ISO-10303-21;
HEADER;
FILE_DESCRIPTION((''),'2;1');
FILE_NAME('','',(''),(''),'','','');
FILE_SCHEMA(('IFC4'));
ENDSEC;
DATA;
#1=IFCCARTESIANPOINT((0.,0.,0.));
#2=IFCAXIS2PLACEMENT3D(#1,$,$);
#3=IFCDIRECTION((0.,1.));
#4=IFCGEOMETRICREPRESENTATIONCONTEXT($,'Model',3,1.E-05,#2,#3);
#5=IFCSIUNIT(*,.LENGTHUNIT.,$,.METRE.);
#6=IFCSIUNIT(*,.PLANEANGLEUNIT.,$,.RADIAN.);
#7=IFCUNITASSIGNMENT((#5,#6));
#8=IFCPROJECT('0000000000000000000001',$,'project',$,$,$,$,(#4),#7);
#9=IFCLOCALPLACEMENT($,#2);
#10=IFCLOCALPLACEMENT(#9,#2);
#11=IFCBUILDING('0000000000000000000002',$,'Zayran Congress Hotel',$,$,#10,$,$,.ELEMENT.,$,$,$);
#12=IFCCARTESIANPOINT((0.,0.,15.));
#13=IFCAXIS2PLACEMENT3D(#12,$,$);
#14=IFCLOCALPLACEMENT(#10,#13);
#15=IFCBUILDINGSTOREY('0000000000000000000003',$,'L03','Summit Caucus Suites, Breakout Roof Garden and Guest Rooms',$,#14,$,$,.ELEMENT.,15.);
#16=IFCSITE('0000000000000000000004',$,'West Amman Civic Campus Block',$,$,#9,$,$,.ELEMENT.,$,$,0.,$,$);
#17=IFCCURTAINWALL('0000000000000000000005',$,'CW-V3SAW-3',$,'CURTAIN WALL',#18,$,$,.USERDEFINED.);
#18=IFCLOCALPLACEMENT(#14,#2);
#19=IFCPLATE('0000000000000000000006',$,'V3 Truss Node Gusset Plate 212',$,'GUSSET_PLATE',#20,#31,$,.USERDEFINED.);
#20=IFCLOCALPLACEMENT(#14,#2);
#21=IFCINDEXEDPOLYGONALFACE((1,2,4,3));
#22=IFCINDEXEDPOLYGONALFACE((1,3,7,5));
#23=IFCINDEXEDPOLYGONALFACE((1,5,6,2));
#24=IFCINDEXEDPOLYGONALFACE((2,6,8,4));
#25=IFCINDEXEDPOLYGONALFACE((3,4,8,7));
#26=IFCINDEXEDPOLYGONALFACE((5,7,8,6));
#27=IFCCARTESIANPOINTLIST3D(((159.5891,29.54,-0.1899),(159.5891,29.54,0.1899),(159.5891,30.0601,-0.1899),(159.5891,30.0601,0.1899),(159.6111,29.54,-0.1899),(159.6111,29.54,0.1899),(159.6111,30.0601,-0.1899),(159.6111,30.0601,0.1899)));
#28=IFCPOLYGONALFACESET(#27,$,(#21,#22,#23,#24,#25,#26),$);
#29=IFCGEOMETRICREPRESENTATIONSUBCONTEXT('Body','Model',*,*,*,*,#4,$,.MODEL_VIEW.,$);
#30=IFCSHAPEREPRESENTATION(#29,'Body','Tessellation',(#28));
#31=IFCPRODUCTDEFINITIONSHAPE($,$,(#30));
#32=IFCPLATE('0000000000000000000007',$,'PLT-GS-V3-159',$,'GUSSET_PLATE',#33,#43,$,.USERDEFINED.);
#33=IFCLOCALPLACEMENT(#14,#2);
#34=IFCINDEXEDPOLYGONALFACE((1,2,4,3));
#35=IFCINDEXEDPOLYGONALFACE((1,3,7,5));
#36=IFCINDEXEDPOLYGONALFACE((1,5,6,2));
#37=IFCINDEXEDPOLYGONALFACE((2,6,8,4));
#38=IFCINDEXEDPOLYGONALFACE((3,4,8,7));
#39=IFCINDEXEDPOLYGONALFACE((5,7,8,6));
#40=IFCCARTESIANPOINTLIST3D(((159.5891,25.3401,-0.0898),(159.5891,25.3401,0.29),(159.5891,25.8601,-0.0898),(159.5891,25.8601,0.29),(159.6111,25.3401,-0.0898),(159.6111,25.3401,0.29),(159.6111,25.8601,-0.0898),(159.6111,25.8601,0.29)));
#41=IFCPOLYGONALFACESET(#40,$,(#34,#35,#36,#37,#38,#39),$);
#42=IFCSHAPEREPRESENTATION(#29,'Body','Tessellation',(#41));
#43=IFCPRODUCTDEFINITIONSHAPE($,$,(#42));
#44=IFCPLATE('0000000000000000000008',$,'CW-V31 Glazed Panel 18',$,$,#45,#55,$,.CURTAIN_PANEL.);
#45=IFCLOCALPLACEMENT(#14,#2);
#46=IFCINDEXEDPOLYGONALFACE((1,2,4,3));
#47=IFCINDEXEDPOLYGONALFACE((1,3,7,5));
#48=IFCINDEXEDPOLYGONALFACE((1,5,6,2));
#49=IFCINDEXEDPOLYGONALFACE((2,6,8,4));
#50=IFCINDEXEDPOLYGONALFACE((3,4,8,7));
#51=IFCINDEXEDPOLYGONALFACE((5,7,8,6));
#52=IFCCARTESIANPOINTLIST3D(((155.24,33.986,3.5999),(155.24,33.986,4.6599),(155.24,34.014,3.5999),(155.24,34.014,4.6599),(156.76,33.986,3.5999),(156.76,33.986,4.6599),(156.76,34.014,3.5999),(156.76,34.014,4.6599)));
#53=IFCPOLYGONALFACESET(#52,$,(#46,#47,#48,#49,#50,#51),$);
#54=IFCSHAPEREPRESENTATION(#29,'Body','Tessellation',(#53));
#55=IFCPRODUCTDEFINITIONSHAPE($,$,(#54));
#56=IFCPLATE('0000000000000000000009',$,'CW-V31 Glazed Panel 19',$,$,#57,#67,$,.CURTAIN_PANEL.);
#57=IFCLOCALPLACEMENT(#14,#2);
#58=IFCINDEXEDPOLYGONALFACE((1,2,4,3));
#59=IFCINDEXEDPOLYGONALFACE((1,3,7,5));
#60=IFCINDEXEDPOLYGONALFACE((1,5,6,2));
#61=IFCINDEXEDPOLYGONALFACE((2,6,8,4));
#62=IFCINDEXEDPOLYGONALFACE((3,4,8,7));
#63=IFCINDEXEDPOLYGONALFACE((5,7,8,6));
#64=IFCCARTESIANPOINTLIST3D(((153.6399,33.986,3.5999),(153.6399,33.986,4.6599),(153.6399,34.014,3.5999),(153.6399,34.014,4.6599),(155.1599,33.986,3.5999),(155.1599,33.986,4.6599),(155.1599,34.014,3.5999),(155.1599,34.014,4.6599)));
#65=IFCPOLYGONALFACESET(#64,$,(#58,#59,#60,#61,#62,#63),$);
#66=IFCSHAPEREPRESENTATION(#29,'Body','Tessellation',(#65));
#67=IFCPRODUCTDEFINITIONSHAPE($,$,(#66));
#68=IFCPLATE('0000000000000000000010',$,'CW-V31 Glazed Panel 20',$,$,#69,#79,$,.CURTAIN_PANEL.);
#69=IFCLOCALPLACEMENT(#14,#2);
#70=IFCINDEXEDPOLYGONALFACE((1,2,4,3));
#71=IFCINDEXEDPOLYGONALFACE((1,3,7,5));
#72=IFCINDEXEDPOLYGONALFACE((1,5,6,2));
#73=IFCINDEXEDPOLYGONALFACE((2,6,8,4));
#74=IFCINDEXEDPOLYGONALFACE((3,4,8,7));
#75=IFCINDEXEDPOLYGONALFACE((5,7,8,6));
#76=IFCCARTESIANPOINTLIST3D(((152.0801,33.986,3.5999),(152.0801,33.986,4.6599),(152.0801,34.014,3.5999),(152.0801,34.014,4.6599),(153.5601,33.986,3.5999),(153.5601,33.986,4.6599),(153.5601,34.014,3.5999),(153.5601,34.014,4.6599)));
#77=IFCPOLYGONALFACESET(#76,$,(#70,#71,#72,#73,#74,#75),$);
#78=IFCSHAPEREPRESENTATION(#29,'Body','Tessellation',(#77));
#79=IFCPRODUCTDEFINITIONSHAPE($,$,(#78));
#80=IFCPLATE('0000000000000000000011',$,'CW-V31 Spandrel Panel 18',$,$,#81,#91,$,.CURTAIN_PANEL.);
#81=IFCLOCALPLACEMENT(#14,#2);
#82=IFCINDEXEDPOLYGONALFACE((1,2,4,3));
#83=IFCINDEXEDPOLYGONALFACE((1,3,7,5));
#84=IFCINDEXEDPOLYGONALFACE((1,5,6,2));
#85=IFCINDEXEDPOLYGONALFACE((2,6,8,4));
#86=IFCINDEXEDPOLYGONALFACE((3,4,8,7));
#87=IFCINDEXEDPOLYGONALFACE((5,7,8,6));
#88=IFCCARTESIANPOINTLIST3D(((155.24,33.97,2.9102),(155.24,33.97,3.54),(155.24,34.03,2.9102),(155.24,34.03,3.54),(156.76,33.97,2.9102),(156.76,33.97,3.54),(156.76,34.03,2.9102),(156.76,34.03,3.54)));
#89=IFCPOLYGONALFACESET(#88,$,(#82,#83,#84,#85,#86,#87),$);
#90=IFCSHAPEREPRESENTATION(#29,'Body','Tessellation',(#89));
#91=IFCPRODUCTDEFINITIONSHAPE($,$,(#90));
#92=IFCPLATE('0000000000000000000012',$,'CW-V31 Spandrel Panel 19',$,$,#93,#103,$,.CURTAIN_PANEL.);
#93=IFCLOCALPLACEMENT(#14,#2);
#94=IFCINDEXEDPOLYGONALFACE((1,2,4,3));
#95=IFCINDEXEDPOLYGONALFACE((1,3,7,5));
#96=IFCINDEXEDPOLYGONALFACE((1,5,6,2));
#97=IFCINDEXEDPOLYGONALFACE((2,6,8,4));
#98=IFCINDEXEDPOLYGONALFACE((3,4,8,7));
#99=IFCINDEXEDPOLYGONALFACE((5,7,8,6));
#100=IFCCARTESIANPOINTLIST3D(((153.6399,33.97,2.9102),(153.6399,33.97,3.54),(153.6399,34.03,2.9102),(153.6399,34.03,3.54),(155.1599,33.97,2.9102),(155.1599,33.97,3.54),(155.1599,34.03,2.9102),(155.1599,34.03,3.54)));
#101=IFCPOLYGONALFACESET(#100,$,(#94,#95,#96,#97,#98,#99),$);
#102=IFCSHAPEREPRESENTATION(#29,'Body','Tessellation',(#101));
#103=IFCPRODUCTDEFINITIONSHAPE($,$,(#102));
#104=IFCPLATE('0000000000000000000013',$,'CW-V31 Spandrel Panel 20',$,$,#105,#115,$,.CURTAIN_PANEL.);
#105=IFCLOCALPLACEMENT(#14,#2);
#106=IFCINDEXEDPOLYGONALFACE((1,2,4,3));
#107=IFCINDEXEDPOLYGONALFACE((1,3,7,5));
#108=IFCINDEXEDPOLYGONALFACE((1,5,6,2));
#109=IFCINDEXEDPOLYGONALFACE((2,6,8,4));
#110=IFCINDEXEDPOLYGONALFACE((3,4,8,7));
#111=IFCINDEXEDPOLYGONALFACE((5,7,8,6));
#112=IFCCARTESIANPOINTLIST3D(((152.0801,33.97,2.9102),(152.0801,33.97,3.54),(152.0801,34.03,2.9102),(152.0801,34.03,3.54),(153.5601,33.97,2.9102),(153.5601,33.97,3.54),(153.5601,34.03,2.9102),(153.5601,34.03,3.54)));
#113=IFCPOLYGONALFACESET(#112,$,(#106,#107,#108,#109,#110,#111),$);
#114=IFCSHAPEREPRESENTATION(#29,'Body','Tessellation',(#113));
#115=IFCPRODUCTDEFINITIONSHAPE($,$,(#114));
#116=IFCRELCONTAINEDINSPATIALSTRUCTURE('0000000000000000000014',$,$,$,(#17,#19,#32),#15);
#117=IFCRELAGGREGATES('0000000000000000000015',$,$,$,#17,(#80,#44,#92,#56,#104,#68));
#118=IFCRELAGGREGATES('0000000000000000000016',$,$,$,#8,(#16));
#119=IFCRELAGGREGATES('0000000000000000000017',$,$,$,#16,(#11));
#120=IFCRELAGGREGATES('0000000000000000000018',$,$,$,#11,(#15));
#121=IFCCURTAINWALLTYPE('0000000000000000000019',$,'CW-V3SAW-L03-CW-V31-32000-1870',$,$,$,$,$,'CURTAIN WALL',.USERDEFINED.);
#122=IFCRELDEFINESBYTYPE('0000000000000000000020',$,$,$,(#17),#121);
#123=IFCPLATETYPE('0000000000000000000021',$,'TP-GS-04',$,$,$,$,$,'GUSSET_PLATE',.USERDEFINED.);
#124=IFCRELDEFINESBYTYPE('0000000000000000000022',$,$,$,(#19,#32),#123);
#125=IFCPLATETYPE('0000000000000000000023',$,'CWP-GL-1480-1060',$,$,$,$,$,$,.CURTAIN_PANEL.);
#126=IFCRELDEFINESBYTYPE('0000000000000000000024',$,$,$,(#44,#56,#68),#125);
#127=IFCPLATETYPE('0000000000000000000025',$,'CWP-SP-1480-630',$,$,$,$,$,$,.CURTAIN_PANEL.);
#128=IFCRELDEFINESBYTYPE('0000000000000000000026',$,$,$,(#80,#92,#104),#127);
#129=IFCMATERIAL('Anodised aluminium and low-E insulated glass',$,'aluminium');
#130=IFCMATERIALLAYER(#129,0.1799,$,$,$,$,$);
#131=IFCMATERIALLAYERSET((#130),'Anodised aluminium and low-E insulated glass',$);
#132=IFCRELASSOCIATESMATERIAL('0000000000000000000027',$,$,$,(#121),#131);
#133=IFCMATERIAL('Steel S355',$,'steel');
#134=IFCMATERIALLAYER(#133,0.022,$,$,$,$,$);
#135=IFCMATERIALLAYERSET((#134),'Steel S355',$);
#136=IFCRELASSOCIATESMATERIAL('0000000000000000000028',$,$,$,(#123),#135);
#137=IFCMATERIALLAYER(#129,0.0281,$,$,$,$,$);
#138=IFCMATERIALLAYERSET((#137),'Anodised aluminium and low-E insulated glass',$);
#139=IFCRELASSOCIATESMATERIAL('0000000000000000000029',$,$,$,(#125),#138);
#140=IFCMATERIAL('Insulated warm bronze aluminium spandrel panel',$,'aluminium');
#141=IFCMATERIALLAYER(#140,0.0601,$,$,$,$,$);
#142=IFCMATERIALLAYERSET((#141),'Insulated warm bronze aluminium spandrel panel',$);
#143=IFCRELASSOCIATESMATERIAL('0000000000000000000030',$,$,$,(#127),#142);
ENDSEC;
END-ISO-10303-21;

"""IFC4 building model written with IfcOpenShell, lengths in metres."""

from ifc_helpers import new_model, si_unit, direction, frame, origin, origin_2d, place, context, subcontext, project, spatial, rectangle, extrude, material, layer, layer_set, type_object, element, aggregate, save


model = new_model("IFC4")

# Units and contexts
model_context = context("Model", 3, precision=1e-05, world=origin(), true_north=direction((0.0, 1.0)))
body_context = subcontext(model_context, "Body", "Model", "MODEL_VIEW")
ifc_project = project(units=[si_unit("LENGTHUNIT", "METRE"), si_unit("PLANEANGLEUNIT", "RADIAN")], contexts=[model_context])

# Site, building, storey
site_placement = place(None, origin())
site = spatial("IfcSite", under=ifc_project, at=site_placement, Name="West Amman Civic Campus Block", CompositionType="ELEMENT", RefElevation=0.0)
building_placement = place(site_placement, origin())
building = spatial("IfcBuilding", under=site, at=building_placement, Name="Zayran Congress Hotel", CompositionType="ELEMENT")
storey_placement = place(building_placement, frame((0.0, 0.0, 15.0)))
storey = spatial("IfcBuildingStorey", under=building, at=storey_placement, Name="L03", Description="Summit Caucus Suites, Breakout Roof Garden and Guest Rooms", CompositionType="ELEMENT", Elevation=15.0)

# Shared definitions
ifc_material_1 = material(Name="Steel S355", Category="steel")

# Curtain wall
ifc_material_2 = material(Name="Anodised aluminium and low-E insulated glass", Category="aluminium")
ifc_layer_1 = layer(ifc_material_2, 0.1799)
ifc_layer_set_1 = layer_set([ifc_layer_1], Name="Anodised aluminium and low-E insulated glass")
curtain_wall_type = type_object("IfcCurtainWallType", Name="CW-V3SAW-L03-CW-V31-32000-1870", ElementType="CURTAIN WALL", PredefinedType="USERDEFINED", material=ifc_layer_set_1)
curtain_wall_placement = place(storey_placement, origin())
curtain_wall = element("IfcCurtainWall", 1, at=curtain_wall_placement, inside=storey, type_object=curtain_wall_type, Name="CW-V3SAW-3", ObjectType="CURTAIN WALL", PredefinedType="USERDEFINED")

# Plates
ifc_layer_2 = layer(ifc_material_1, 0.022)
ifc_layer_set_2 = layer_set([ifc_layer_2], Name="Steel S355")
plate_type_1 = type_object("IfcPlateType", Name="TP-GS-04", ElementType="GUSSET_PLATE", PredefinedType="USERDEFINED", material=ifc_layer_set_2)
for number, where, z_axis, x_axis, name in (
    (2, (159.6001, 29.8, -0.1899), (0.0, 0.0, 1.0), (0.0, 1.0, 0.0), "V3 Truss Node Gusset Plate 212"),
    (3, (159.6001, 25.6001, -0.0898), (0.0, 0.0, 1.0), (0.0, 1.0, 0.0), "PLT-GS-V3-159"),
):
    element("IfcPlate", number, at=place(storey_placement, frame(where, z_axis=z_axis, x_axis=x_axis)), inside=storey, type_object=plate_type_1, Name=name, ObjectType="GUSSET_PLATE", PredefinedType="USERDEFINED", context=body_context, shape_type="SweptSolid", body=[
        extrude(rectangle(XDim=0.52, YDim=0.022, at=origin_2d()), origin(), (0.0, 0.0, 1.0), 0.3799),
    ])

# Plates
ifc_layer_3 = layer(ifc_material_2, 0.0281)
ifc_layer_set_3 = layer_set([ifc_layer_3], Name="Anodised aluminium and low-E insulated glass")
plate_type_2 = type_object("IfcPlateType", Name="CWP-GL-1480-1060", PredefinedType="CURTAIN_PANEL", material=ifc_layer_set_3)
plate_1_placement = place(storey_placement, frame((156.0, 34.0, 3.5999), z_axis=(0.0, 0.0, 1.0), x_axis=(1.0, 0.0, 0.0)))
plate_1 = element("IfcPlate", 4, at=plate_1_placement, type_object=plate_type_2, Name="CW-V31 Glazed Panel 18", PredefinedType="CURTAIN_PANEL", context=body_context, shape_type="SweptSolid", body=[
    extrude(rectangle(XDim=1.52, YDim=0.0281, at=origin_2d()), origin(), (0.0, 0.0, 1.0), 1.0601),
])
plate_2_placement = place(storey_placement, frame((154.3999, 34.0, 3.5999), z_axis=(0.0, 0.0, 1.0), x_axis=(1.0, 0.0, 0.0)))
plate_2 = element("IfcPlate", 5, at=plate_2_placement, type_object=plate_type_2, Name="CW-V31 Glazed Panel 19", PredefinedType="CURTAIN_PANEL", context=body_context, shape_type="SweptSolid", body=[
    extrude(rectangle(XDim=1.52, YDim=0.0281, at=origin_2d()), origin(), (0.0, 0.0, 1.0), 1.0601),
])
plate_3_placement = place(storey_placement, frame((152.8201, 34.0, 3.5999), z_axis=(0.0, 0.0, 1.0), x_axis=(1.0, 0.0, 0.0)))
plate_3 = element("IfcPlate", 6, at=plate_3_placement, type_object=plate_type_2, Name="CW-V31 Glazed Panel 20", PredefinedType="CURTAIN_PANEL", context=body_context, shape_type="SweptSolid", body=[
    extrude(rectangle(XDim=1.48, YDim=0.0281, at=origin_2d()), origin(), (0.0, 0.0, 1.0), 1.0601),
])
ifc_material_3 = material(Name="Insulated warm bronze aluminium spandrel panel", Category="aluminium")
ifc_layer_4 = layer(ifc_material_3, 0.0601)
ifc_layer_set_4 = layer_set([ifc_layer_4], Name="Insulated warm bronze aluminium spandrel panel")
plate_type_3 = type_object("IfcPlateType", Name="CWP-SP-1480-630", PredefinedType="CURTAIN_PANEL", material=ifc_layer_set_4)
plate_4_placement = place(storey_placement, frame((156.0, 34.0, 2.9102), z_axis=(0.0, 0.0, 1.0), x_axis=(1.0, 0.0, 0.0)))
plate_4 = element("IfcPlate", 7, at=plate_4_placement, type_object=plate_type_3, Name="CW-V31 Spandrel Panel 18", PredefinedType="CURTAIN_PANEL", context=body_context, shape_type="SweptSolid", body=[
    extrude(rectangle(XDim=1.52, YDim=0.0601, at=origin_2d()), origin(), (0.0, 0.0, 1.0), 0.6299),
])
plate_5_placement = place(storey_placement, frame((154.3999, 34.0, 2.9102), z_axis=(0.0, 0.0, 1.0), x_axis=(1.0, 0.0, 0.0)))
plate_5 = element("IfcPlate", 8, at=plate_5_placement, type_object=plate_type_3, Name="CW-V31 Spandrel Panel 19", PredefinedType="CURTAIN_PANEL", context=body_context, shape_type="SweptSolid", body=[
    extrude(rectangle(XDim=1.52, YDim=0.0601, at=origin_2d()), origin(), (0.0, 0.0, 1.0), 0.6299),
])
plate_6_placement = place(storey_placement, frame((152.8201, 34.0, 2.9102), z_axis=(0.0, 0.0, 1.0), x_axis=(1.0, 0.0, 0.0)))
plate_6 = element("IfcPlate", 9, at=plate_6_placement, type_object=plate_type_3, Name="CW-V31 Spandrel Panel 20", PredefinedType="CURTAIN_PANEL", context=body_context, shape_type="SweptSolid", body=[
    extrude(rectangle(XDim=1.48, YDim=0.0601, at=origin_2d()), origin(), (0.0, 0.0, 1.0), 0.6299),
])
aggregate(curtain_wall, [plate_4, plate_1, plate_5, plate_2, plate_6, plate_3])

save(model, "model.ifc")
